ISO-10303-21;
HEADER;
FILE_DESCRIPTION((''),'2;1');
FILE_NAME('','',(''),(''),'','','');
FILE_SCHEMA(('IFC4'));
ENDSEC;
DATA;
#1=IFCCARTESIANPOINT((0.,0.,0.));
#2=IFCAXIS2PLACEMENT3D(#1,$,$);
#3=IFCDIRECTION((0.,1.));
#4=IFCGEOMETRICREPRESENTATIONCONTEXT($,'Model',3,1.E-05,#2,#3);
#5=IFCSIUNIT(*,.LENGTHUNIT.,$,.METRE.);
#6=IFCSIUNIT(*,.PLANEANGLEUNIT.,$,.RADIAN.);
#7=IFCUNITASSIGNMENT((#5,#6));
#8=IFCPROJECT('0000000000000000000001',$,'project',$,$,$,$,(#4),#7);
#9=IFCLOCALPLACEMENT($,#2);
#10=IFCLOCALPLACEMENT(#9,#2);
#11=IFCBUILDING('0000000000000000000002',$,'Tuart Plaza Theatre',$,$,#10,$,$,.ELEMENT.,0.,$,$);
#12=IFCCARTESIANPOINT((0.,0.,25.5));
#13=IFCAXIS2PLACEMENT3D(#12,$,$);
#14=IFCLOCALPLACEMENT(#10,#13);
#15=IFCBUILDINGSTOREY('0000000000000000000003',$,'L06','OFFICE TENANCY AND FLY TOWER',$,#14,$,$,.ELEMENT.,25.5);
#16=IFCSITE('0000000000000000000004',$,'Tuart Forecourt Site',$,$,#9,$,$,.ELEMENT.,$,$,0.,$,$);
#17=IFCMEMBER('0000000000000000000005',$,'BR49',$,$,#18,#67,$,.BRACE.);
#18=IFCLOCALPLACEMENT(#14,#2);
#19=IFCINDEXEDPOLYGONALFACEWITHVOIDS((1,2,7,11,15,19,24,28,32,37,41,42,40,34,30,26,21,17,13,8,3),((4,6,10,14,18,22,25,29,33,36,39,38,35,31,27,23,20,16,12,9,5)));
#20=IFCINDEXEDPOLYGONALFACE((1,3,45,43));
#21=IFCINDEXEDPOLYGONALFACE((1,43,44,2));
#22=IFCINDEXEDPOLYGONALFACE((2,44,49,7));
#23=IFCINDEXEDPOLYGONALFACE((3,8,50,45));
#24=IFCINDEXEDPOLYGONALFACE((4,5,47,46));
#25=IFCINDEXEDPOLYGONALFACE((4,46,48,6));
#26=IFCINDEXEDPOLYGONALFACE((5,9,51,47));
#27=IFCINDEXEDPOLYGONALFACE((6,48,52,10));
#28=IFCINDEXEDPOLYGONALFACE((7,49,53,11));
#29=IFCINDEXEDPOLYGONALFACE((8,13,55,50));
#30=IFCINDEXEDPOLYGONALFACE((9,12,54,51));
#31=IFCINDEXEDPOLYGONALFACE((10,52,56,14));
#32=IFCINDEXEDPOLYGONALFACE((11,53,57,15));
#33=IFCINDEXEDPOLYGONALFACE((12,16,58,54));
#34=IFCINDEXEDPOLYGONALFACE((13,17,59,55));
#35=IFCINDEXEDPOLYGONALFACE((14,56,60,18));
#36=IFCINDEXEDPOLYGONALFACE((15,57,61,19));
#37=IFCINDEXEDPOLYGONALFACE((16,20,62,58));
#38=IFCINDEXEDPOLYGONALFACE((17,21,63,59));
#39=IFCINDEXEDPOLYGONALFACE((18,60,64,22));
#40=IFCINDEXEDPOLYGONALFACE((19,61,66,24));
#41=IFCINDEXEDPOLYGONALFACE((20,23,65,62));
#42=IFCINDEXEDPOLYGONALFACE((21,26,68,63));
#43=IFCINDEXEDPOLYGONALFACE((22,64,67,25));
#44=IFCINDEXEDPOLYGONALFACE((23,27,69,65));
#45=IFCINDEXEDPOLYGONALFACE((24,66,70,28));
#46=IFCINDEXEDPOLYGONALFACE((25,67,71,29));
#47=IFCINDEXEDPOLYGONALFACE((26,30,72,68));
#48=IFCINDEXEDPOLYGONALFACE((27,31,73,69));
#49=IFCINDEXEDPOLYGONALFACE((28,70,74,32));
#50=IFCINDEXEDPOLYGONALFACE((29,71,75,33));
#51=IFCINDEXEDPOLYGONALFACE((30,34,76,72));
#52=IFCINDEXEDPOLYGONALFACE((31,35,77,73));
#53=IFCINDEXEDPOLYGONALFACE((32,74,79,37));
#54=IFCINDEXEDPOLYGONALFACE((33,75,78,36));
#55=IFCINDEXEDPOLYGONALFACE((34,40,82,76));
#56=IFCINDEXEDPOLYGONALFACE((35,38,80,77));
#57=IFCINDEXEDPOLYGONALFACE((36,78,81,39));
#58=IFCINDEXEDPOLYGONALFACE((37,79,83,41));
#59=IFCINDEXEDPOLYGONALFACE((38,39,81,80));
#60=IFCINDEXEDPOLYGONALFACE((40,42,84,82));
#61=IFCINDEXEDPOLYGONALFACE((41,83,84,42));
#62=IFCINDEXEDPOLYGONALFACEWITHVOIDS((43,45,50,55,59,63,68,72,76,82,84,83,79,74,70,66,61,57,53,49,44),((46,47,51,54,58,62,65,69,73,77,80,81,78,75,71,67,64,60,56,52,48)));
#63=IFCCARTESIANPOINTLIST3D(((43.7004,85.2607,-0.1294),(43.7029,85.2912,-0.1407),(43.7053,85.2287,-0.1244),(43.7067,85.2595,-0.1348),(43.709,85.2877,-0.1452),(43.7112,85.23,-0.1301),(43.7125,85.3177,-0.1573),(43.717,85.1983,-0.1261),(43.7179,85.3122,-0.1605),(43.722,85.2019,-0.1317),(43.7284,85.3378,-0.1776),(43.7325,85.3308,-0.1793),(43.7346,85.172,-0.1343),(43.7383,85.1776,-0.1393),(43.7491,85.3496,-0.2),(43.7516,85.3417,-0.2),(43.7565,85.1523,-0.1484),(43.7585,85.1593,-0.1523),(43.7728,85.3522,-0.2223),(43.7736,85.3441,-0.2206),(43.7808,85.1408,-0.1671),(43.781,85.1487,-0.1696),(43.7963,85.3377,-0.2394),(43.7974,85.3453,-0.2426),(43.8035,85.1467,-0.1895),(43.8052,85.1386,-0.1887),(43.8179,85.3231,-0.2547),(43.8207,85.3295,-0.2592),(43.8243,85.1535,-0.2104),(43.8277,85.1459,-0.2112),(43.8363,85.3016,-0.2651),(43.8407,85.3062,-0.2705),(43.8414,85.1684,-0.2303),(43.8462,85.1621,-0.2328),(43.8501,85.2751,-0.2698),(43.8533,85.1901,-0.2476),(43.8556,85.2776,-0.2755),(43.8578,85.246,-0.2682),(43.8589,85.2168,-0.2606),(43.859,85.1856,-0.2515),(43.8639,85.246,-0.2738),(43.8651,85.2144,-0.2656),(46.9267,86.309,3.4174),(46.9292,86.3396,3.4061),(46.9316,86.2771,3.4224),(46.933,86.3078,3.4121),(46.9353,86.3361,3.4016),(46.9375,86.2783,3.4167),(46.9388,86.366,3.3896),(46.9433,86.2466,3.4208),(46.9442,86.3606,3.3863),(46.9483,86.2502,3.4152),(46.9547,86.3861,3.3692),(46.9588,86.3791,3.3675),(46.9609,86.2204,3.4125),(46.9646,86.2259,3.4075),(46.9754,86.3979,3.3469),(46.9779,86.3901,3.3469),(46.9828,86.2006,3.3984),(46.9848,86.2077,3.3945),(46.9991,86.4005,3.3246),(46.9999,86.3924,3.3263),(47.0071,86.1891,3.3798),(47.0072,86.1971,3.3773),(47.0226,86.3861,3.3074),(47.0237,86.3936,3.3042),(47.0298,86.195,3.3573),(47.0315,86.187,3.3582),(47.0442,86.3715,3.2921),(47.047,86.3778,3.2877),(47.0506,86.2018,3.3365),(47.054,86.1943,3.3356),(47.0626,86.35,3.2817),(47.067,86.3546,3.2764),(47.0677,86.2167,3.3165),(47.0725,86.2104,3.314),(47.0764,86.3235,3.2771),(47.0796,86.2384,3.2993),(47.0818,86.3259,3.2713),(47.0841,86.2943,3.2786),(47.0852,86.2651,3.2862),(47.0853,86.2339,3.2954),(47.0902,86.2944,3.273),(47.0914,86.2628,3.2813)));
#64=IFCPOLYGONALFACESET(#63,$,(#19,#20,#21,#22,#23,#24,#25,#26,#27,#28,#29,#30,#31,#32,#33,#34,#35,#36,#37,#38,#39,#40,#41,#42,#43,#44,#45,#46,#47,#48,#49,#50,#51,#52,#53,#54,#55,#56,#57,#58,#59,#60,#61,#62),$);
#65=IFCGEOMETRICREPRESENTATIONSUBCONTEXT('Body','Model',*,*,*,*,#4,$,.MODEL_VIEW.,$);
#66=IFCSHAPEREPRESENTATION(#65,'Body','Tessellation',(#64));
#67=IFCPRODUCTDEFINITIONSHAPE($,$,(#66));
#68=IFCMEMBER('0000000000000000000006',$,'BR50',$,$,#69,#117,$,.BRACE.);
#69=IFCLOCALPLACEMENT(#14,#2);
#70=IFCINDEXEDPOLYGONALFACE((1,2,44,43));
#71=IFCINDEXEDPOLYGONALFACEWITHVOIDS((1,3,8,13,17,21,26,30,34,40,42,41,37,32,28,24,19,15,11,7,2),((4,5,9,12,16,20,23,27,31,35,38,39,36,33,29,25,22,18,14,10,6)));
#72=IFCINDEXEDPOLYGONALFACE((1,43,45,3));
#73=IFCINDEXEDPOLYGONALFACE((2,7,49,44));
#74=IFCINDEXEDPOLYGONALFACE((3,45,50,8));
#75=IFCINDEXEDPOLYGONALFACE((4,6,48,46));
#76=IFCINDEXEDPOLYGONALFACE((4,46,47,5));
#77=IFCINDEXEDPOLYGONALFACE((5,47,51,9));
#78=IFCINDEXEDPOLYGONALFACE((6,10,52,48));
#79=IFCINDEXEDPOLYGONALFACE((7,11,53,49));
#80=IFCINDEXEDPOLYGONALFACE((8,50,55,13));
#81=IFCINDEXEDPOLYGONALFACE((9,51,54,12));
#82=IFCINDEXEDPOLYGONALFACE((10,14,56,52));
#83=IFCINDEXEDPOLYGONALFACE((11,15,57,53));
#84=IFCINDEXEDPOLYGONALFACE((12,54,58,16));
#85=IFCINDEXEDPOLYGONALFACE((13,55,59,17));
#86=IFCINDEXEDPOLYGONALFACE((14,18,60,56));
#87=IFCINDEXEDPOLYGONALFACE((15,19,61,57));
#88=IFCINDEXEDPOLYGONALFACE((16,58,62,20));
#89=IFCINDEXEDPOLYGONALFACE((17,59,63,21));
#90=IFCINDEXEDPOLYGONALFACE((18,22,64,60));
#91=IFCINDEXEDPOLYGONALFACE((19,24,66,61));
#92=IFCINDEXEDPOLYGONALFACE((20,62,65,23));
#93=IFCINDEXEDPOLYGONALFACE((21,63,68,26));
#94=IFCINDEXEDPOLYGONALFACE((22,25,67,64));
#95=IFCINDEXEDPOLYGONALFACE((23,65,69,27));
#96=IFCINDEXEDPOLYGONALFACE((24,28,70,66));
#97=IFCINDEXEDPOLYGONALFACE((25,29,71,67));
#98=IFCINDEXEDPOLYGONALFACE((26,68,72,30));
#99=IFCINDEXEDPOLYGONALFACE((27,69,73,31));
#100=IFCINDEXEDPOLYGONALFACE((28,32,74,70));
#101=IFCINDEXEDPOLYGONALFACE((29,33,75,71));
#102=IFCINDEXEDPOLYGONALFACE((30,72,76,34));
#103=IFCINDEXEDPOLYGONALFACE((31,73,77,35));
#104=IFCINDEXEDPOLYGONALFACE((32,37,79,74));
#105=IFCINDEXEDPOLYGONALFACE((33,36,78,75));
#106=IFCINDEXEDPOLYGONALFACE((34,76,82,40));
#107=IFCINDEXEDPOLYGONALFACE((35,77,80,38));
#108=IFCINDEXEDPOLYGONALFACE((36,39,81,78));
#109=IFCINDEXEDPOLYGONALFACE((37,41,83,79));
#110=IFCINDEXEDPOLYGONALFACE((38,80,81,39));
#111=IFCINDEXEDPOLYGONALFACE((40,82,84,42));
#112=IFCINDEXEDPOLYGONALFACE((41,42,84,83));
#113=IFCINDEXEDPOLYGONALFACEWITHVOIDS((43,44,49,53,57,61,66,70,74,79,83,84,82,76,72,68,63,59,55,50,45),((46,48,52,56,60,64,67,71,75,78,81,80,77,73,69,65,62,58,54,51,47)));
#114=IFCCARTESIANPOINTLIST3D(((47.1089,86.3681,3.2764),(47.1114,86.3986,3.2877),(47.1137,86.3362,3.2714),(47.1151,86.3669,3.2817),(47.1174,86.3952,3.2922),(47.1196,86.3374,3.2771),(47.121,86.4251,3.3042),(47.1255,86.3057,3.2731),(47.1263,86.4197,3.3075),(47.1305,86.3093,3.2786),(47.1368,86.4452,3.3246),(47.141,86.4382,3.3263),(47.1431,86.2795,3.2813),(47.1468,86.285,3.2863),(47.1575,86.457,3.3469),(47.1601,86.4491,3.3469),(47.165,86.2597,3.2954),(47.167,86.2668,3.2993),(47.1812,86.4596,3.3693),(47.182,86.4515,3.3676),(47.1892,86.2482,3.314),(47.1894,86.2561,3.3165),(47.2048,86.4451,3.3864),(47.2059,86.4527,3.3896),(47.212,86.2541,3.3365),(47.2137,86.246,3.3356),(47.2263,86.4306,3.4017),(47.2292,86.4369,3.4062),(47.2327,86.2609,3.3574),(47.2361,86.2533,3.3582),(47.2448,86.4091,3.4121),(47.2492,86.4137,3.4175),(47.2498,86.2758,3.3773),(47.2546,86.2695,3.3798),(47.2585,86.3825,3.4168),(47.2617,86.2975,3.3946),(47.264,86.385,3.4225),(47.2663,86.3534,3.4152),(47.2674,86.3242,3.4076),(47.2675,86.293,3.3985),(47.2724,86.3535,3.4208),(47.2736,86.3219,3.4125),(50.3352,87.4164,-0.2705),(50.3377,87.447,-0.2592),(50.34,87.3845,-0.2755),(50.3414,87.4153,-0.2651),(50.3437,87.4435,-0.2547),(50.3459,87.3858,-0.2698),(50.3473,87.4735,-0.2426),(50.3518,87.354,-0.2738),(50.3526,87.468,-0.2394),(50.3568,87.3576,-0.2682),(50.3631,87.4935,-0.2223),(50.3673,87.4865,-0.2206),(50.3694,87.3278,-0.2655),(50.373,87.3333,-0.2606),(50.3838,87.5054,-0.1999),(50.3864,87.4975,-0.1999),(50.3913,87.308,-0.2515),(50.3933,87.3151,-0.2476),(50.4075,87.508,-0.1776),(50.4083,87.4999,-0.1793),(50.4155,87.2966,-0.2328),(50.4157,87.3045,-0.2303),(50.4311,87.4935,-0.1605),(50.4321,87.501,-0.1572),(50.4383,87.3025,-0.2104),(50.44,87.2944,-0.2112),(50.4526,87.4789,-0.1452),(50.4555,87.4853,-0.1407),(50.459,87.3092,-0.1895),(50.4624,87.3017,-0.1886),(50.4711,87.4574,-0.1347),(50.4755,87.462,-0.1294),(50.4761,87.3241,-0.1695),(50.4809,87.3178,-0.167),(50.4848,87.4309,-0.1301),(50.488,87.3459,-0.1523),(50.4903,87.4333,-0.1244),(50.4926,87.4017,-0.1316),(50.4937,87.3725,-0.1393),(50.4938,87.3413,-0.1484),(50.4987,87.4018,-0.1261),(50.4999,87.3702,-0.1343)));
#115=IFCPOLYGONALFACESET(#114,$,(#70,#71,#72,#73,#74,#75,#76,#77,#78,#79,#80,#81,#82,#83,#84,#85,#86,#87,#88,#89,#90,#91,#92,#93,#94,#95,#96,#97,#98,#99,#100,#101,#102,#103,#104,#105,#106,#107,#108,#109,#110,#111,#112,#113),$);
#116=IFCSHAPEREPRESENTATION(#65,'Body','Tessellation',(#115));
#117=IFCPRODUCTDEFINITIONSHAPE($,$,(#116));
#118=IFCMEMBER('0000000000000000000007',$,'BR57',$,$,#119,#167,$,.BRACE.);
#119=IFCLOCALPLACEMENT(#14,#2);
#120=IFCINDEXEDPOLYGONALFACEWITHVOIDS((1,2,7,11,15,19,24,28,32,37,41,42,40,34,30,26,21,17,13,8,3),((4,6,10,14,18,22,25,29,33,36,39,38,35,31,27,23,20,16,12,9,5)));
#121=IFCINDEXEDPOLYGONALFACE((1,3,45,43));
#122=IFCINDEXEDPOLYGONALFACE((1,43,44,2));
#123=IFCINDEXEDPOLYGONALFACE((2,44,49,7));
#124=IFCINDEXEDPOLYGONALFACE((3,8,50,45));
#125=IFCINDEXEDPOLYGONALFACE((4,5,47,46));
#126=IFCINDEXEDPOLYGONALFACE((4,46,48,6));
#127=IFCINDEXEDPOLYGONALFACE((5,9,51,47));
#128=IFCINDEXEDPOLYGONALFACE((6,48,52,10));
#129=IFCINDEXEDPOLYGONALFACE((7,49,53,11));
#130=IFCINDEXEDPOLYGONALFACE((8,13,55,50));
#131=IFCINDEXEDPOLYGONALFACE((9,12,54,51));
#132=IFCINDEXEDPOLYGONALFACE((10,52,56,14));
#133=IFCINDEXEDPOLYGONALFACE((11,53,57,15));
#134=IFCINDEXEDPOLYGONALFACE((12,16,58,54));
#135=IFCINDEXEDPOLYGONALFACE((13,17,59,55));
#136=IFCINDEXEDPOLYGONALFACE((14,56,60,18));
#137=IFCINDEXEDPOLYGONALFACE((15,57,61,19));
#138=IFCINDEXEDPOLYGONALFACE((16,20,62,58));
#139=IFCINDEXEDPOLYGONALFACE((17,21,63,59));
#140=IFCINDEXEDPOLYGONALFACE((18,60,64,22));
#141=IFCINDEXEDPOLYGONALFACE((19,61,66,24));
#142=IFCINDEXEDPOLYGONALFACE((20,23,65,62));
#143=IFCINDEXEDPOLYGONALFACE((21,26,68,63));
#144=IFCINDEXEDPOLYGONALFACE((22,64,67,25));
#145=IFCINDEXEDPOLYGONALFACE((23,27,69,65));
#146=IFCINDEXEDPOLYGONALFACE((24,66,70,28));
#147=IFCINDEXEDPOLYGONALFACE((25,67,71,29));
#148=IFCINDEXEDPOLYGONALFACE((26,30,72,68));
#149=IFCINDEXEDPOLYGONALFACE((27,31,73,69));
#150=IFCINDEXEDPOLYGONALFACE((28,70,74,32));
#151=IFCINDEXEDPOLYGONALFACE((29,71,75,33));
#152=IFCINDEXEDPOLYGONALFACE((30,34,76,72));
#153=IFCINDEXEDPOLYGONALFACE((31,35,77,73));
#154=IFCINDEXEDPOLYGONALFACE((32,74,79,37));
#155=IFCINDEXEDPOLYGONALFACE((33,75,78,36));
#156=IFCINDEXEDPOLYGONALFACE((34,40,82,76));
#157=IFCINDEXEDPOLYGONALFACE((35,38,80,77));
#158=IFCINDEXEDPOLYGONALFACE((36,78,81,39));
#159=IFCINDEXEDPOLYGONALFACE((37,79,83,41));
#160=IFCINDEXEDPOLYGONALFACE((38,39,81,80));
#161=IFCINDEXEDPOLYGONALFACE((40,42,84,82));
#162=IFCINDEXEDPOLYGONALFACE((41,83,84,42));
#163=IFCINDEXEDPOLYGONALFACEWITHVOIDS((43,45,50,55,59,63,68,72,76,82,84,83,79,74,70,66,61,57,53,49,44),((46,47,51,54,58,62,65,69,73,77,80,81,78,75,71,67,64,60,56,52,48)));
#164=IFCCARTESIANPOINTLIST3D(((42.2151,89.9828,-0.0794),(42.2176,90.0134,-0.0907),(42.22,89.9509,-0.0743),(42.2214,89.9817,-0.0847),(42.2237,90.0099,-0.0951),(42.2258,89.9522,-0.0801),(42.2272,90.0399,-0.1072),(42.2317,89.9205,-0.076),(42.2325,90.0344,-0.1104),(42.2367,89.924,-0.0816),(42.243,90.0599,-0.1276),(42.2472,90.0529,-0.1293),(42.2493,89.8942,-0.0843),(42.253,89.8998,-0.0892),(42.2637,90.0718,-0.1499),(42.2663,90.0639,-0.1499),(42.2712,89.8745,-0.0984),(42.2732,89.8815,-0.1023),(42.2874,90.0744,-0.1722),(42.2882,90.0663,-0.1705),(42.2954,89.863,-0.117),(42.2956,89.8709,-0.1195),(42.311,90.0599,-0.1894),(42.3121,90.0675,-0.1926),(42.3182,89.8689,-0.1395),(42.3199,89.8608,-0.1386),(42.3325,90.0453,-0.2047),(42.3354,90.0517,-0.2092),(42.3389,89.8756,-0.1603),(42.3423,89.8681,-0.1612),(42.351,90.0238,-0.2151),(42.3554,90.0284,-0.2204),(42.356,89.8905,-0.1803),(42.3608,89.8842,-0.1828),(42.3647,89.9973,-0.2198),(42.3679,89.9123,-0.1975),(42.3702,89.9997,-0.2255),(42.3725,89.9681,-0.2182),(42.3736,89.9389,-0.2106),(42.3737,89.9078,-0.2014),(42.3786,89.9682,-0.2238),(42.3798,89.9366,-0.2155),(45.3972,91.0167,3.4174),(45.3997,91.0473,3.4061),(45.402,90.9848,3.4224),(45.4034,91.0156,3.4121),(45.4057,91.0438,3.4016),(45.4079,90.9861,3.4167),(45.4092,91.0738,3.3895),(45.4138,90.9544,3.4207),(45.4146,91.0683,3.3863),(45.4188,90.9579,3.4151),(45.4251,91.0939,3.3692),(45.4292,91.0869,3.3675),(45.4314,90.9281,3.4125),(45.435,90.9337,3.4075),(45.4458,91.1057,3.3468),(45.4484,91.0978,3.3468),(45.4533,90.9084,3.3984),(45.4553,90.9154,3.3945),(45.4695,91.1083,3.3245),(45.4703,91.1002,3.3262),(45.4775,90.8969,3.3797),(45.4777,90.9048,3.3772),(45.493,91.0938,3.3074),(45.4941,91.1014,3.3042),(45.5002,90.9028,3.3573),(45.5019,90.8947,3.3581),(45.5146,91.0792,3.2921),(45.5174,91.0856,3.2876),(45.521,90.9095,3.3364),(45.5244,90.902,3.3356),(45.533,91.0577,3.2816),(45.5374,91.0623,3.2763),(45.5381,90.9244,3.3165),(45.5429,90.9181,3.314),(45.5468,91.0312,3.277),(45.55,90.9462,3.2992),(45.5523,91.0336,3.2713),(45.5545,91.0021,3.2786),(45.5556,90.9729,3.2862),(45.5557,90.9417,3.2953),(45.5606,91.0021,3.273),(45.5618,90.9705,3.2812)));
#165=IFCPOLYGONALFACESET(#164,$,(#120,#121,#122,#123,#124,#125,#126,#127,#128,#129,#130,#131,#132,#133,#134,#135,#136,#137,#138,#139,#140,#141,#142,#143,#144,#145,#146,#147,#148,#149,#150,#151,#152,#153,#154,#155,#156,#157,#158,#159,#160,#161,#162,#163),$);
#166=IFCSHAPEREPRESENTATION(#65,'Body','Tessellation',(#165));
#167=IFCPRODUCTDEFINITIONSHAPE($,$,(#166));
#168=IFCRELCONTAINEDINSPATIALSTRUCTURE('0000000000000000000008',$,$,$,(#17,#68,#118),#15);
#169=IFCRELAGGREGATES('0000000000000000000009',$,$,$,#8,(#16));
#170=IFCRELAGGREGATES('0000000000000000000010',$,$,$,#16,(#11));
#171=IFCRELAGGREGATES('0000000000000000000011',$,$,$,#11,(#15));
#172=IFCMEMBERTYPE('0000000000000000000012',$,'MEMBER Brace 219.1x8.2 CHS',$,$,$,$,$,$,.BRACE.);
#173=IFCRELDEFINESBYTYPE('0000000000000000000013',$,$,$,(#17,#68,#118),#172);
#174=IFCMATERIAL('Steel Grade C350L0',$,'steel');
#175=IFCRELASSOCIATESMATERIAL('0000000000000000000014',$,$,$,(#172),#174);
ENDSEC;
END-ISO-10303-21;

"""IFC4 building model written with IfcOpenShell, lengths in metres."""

from ifc_helpers import new_model, si_unit, direction, frame, origin, origin_2d, place, context, subcontext, project, spatial, hollow_circle, extrude, material, material_profile, profile_set, type_object, element, save


model = new_model("IFC4")

# Units and contexts
model_context = context("Model", 3, precision=1e-05, world=origin(), true_north=direction((0.0, 1.0)))
body_context = subcontext(model_context, "Body", "Model", "MODEL_VIEW")
ifc_project = project(units=[si_unit("LENGTHUNIT", "METRE"), si_unit("PLANEANGLEUNIT", "RADIAN")], contexts=[model_context])

# Site, building, storey
site_placement = place(None, origin())
site = spatial("IfcSite", under=ifc_project, at=site_placement, Name="Tuart Forecourt Site", CompositionType="ELEMENT", RefElevation=0.0)
building_placement = place(site_placement, origin())
building = spatial("IfcBuilding", under=site, at=building_placement, Name="Tuart Plaza Theatre", CompositionType="ELEMENT", ElevationOfRefHeight=0.0)
storey_placement = place(building_placement, frame((0.0, 0.0, 25.5)))
storey = spatial("IfcBuildingStorey", under=building, at=storey_placement, Name="L06", Description="OFFICE TENANCY AND FLY TOWER", CompositionType="ELEMENT", Elevation=25.5)

# Members
ifc_material_1 = material(Name="Steel Grade C350L0", Category="steel")
ifc_material_profile_1 = material_profile(ifc_material_1, hollow_circle(Radius=0.1096, WallThickness=0.0083, at=origin_2d()), Name="219.1x8.2 CHS")
ifc_profile_set_1 = profile_set([ifc_material_profile_1], Name="Steel Grade C350L0")
member_type_1 = type_object("IfcMemberType", Name="MEMBER Brace 219.1x8.2 CHS", PredefinedType="BRACE", material=ifc_profile_set_1)
for number, where, z_axis, x_axis, name in (
    (1, (43.783, 85.2454, -0.2), (0.657359, 0.213598, 0.722672), (-0.309029, 0.951053, 0.0), "BR49"),
    (2, (47.1914, 86.3528, 3.3469), (0.657359, 0.213598, -0.722672), (-0.309029, 0.951053, 0.0), "BR50"),
):
    element("IfcMember", number, at=place(storey_placement, frame(where, z_axis=z_axis, x_axis=x_axis)), inside=storey, type_object=member_type_1, Name=name, PredefinedType="BRACE", context=body_context, shape_type="SweptSolid", body=[
        extrude(hollow_circle(Radius=0.1096, WallThickness=0.0083, at=origin_2d()), origin(), (0.0, 0.0, 1.0), 4.908),
    ])
for number, where, z_axis, x_axis, name in (
    (3, (42.2976, 89.9675, -0.1499), (0.657505, 0.213636, 0.722529), (-0.309017, 0.951057, 0.0), "BR57"),
):
    element("IfcMember", number, at=place(storey_placement, frame(where, z_axis=z_axis, x_axis=x_axis)), inside=storey, type_object=member_type_1, Name=name, PredefinedType="BRACE", context=body_context, shape_type="SweptSolid", body=[
        extrude(hollow_circle(Radius=0.1096, WallThickness=0.0083, at=origin_2d()), origin(), (0.0, 0.0, 1.0), 4.8396),
    ])

save(model, "model.ifc")
